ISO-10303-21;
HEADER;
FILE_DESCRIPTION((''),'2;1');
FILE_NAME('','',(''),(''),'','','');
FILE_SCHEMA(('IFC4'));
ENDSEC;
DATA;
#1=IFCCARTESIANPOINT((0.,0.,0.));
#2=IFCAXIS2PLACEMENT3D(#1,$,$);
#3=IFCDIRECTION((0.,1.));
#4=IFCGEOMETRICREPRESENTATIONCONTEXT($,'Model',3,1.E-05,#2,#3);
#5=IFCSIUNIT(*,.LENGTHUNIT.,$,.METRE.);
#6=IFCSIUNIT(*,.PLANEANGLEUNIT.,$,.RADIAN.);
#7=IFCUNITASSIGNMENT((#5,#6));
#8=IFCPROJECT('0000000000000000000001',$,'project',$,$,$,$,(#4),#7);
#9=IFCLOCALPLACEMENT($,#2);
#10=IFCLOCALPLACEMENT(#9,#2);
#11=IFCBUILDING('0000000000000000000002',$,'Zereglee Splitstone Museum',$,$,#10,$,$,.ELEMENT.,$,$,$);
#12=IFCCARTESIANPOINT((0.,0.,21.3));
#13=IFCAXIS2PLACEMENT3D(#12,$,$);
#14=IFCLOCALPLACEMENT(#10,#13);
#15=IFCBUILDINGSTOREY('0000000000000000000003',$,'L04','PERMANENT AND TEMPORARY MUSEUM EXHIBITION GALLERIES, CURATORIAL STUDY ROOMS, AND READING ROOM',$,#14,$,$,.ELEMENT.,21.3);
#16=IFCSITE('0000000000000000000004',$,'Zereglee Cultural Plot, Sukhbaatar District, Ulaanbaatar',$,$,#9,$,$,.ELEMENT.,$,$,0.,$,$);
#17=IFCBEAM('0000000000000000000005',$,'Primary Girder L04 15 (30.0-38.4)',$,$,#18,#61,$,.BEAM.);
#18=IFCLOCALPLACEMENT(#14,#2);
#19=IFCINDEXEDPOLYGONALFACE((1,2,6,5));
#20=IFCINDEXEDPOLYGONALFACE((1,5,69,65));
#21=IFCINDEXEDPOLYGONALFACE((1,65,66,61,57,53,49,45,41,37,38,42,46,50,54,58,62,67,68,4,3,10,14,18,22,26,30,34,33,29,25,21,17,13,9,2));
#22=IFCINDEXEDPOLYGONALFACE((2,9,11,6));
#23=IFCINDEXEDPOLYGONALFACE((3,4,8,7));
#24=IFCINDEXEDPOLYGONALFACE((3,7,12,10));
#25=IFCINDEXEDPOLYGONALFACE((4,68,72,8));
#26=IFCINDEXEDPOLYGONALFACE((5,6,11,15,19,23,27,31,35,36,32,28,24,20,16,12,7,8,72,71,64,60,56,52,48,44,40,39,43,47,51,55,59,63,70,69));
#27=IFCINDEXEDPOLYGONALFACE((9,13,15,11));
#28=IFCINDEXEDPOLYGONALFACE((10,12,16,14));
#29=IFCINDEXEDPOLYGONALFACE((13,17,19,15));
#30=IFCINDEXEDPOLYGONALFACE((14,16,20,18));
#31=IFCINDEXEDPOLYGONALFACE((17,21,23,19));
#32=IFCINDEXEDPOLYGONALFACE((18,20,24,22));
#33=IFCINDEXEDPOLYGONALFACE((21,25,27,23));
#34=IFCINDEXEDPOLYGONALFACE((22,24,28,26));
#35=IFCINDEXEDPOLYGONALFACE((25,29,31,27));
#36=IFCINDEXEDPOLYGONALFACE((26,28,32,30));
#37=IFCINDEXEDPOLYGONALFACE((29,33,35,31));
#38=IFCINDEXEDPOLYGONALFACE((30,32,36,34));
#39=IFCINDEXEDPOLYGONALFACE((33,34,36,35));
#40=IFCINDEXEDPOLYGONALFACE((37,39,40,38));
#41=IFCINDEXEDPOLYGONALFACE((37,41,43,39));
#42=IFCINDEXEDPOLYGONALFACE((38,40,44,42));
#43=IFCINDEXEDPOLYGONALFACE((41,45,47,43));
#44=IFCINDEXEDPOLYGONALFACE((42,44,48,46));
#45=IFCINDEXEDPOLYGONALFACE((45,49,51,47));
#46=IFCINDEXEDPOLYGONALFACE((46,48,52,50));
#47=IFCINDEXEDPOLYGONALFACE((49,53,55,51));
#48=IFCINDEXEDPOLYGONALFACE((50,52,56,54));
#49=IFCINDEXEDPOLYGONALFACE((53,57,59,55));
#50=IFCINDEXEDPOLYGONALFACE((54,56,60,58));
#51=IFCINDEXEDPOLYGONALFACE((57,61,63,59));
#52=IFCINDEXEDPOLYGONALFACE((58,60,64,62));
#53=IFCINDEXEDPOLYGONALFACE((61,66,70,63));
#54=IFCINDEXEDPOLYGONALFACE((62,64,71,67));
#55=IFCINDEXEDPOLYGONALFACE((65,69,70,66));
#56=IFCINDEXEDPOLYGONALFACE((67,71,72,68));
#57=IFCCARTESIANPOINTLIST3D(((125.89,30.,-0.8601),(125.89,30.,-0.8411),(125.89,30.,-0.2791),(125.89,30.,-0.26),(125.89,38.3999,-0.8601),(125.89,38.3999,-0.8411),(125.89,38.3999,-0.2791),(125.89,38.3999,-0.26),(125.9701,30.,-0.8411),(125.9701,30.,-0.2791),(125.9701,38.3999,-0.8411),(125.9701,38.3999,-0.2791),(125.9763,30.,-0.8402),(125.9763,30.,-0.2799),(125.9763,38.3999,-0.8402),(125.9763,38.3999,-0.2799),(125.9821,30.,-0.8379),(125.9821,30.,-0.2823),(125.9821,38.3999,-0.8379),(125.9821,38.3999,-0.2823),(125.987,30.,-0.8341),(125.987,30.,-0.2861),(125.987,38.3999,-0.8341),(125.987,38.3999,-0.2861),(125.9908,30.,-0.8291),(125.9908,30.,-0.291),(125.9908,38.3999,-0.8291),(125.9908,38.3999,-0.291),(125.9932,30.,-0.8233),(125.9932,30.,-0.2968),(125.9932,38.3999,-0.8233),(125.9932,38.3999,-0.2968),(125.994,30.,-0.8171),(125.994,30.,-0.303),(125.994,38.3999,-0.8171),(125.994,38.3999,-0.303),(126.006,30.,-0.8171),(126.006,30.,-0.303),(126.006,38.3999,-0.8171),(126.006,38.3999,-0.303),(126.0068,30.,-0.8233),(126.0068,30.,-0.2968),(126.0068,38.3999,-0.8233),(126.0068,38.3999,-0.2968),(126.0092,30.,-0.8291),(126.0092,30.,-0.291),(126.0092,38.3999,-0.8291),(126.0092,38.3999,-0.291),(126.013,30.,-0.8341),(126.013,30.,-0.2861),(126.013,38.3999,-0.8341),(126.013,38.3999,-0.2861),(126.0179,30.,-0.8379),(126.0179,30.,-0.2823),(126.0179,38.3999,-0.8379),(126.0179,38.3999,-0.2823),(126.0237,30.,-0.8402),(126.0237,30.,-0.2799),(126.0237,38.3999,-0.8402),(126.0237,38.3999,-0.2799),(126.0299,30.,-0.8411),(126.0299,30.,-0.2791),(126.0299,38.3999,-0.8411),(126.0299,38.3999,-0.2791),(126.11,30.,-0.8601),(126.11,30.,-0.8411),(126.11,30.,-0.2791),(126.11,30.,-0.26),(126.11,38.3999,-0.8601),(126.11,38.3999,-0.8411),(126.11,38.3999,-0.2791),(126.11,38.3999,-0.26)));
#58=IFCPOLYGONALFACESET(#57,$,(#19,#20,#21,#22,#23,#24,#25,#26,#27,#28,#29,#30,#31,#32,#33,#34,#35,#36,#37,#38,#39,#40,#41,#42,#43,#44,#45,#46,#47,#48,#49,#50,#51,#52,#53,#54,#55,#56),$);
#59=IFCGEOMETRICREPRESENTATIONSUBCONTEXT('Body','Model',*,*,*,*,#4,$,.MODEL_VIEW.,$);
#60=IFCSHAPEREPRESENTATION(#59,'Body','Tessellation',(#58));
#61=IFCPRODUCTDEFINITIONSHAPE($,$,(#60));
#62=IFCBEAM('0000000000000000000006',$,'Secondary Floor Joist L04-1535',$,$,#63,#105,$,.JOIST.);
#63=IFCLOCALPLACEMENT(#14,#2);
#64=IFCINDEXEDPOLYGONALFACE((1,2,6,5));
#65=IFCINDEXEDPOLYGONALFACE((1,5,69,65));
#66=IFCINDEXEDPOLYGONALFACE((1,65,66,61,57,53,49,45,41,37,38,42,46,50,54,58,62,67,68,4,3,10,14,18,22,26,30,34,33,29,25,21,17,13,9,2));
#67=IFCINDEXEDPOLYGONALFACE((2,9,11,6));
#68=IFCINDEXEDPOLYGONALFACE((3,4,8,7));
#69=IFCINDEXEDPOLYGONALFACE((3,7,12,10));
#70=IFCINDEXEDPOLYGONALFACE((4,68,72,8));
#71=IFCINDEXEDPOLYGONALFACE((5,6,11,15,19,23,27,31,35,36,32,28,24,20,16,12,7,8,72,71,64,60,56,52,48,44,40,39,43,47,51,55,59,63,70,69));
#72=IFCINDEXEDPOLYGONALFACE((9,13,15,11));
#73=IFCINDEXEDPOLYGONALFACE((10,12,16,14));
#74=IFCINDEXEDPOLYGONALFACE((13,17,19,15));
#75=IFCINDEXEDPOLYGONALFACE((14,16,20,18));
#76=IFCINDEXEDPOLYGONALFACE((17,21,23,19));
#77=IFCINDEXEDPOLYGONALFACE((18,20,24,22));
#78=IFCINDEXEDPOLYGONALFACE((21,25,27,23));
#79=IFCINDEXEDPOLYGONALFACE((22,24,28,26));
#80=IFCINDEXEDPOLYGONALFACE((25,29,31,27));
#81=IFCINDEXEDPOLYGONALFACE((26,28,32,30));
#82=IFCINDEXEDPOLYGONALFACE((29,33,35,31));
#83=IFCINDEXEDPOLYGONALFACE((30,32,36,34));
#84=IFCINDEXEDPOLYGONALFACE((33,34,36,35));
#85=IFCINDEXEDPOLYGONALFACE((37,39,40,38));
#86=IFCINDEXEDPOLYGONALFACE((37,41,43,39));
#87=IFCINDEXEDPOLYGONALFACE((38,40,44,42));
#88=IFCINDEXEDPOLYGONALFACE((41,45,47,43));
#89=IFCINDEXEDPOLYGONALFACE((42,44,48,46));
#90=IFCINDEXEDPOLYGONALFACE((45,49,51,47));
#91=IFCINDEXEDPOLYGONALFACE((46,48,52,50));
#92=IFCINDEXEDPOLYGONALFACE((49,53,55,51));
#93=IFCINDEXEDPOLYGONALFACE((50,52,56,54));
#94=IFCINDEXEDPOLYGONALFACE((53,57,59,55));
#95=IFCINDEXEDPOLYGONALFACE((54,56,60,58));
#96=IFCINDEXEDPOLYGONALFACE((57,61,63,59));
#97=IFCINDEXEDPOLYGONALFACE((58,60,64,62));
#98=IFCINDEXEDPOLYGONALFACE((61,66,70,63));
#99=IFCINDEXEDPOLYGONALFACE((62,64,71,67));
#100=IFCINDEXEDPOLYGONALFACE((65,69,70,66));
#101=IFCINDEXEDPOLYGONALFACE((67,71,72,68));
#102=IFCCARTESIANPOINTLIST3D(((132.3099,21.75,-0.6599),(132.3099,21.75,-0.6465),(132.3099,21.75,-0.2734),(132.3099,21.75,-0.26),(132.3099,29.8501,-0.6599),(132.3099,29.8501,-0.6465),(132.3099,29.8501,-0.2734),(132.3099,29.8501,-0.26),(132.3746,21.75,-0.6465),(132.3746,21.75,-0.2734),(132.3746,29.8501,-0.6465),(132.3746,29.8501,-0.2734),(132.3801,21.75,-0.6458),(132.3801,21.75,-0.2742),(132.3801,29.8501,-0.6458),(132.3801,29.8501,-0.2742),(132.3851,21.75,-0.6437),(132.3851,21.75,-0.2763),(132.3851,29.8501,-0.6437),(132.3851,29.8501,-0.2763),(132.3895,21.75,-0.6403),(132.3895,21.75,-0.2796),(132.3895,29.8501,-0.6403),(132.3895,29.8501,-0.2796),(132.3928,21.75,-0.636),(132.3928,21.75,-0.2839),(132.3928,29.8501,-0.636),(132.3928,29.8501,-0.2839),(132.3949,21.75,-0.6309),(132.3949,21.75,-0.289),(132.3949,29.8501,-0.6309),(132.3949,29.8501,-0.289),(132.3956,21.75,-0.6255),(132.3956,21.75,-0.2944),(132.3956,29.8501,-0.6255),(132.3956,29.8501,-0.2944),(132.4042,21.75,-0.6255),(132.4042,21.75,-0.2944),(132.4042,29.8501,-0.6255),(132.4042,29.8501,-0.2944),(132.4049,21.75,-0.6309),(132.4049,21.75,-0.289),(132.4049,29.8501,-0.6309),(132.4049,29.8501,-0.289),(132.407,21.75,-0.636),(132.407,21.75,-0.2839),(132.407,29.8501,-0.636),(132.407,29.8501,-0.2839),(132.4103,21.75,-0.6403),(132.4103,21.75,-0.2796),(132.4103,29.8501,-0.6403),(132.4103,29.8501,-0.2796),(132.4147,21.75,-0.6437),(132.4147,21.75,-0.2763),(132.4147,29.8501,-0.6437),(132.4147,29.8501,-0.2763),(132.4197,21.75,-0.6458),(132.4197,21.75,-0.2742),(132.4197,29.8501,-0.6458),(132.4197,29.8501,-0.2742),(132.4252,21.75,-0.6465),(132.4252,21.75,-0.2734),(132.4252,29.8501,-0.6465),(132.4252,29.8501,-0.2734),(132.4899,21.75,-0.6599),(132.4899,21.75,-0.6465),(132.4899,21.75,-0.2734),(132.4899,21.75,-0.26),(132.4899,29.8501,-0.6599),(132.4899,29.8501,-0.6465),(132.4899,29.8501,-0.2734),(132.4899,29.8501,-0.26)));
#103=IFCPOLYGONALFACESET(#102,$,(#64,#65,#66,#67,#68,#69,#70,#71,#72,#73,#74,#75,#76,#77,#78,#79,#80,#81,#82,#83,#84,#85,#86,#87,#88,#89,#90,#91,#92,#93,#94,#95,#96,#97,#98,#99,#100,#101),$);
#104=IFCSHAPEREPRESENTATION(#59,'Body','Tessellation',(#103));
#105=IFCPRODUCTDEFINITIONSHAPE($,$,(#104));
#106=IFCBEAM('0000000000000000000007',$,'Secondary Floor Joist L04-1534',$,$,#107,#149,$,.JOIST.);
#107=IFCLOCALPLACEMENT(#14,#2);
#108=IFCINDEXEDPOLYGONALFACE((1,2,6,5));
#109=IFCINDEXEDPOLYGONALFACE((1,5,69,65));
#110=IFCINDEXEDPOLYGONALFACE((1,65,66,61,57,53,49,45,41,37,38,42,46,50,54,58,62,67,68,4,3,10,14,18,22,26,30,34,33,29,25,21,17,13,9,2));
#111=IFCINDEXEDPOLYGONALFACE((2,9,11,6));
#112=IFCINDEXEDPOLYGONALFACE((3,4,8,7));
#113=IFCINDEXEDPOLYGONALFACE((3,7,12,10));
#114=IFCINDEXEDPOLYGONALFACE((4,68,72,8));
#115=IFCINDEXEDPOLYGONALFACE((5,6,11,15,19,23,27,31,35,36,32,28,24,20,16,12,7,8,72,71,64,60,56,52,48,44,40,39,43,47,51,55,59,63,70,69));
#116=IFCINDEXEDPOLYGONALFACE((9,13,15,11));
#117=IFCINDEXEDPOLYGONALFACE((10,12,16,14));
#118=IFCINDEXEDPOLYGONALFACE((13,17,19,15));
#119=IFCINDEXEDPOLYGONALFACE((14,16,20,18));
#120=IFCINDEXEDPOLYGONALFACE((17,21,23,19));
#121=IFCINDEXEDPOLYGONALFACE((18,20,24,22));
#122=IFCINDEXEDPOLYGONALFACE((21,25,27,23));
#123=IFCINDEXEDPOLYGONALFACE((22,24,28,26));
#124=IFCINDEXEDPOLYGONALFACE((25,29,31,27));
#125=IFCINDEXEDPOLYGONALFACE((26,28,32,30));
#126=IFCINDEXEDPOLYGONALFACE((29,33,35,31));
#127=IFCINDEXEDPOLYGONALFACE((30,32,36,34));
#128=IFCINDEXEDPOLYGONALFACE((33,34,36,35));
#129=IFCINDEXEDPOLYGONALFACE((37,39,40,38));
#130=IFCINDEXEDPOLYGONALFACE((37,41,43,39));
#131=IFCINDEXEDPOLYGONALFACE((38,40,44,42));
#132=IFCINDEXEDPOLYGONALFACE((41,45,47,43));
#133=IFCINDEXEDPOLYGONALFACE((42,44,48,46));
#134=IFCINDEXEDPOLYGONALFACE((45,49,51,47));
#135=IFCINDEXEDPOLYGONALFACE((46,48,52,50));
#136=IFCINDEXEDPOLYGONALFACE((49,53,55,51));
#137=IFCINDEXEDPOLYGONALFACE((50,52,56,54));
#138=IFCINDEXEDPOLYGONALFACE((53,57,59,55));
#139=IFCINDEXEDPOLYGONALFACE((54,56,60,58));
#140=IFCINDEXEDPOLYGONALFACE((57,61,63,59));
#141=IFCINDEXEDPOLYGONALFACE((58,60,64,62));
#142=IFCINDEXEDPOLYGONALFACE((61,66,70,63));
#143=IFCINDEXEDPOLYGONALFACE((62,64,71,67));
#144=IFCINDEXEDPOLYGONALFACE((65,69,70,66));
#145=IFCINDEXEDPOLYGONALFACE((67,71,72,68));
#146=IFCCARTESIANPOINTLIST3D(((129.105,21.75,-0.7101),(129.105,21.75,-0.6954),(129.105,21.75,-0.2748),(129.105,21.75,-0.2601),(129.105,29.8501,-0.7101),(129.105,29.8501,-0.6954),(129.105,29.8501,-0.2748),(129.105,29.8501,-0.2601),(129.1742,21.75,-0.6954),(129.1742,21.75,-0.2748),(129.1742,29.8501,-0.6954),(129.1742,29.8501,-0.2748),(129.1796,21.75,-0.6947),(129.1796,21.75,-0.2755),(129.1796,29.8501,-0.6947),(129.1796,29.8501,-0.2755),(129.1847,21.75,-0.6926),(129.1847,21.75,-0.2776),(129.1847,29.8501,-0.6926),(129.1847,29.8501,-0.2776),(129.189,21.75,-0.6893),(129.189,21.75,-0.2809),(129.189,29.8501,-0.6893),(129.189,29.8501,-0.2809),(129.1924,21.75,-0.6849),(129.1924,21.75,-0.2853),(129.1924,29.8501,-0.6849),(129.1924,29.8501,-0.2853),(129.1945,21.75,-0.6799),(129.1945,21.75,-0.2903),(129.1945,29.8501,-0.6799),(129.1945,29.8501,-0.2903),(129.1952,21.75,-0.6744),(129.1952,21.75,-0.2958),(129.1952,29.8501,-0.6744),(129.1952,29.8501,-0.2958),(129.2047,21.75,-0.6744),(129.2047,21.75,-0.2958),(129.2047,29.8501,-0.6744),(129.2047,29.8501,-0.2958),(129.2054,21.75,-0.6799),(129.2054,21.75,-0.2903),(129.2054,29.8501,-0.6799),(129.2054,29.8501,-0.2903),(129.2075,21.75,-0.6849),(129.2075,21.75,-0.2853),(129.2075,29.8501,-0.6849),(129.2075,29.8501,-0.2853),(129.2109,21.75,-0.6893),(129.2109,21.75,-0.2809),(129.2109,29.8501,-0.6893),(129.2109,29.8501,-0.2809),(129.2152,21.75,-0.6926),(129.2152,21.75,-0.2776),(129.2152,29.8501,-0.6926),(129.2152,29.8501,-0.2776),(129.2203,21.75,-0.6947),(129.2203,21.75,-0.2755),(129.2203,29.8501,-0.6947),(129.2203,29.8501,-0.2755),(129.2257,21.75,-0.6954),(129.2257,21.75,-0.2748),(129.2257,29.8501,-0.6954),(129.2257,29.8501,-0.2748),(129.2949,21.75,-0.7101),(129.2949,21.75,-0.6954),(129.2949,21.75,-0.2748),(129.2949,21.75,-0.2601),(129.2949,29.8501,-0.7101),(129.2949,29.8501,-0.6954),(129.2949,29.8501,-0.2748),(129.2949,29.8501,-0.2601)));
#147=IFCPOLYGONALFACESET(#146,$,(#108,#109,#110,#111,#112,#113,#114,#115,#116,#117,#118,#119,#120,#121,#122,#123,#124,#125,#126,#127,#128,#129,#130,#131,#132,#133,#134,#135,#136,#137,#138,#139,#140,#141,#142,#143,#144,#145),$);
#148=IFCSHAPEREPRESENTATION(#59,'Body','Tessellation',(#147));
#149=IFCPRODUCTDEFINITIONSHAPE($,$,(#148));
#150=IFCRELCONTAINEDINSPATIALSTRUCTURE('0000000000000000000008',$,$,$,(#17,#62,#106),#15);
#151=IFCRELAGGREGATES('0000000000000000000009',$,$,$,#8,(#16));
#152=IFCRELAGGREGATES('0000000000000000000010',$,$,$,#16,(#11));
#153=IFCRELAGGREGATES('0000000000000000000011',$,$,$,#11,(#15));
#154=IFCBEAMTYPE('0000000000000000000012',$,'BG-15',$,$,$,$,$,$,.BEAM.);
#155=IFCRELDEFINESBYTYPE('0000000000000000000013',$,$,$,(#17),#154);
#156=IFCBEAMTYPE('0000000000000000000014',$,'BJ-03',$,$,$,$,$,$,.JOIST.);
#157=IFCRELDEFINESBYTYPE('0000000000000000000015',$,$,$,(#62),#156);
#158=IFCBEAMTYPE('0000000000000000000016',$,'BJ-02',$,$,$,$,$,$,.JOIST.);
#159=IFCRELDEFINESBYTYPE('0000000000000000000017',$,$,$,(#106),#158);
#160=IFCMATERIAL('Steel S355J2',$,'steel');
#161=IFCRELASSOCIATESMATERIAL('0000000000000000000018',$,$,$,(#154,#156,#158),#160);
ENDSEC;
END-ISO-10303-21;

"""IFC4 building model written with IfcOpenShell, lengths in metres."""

from ifc_helpers import new_model, si_unit, direction, frame, origin, origin_2d, place, context, subcontext, project, spatial, i_section, extrude, material, material_profile, profile_set, type_object, element, save


model = new_model("IFC4")

# Units and contexts
model_context = context("Model", 3, precision=1e-05, world=origin(), true_north=direction((0.0, 1.0)))
body_context = subcontext(model_context, "Body", "Model", "MODEL_VIEW")
ifc_project = project(units=[si_unit("LENGTHUNIT", "METRE"), si_unit("PLANEANGLEUNIT", "RADIAN")], contexts=[model_context])

# Site, building, storey
site_placement = place(None, origin())
site = spatial("IfcSite", under=ifc_project, at=site_placement, Name="Zereglee Cultural Plot, Sukhbaatar District, Ulaanbaatar", CompositionType="ELEMENT", RefElevation=0.0)
building_placement = place(site_placement, origin())
building = spatial("IfcBuilding", under=site, at=building_placement, Name="Zereglee Splitstone Museum", CompositionType="ELEMENT")
storey_placement = place(building_placement, frame((0.0, 0.0, 21.3)))
storey = spatial("IfcBuildingStorey", under=building, at=storey_placement, Name="L04", Description="PERMANENT AND TEMPORARY MUSEUM EXHIBITION GALLERIES, CURATORIAL STUDY ROOMS, AND READING ROOM", CompositionType="ELEMENT", Elevation=21.3)

# Shared definitions
ifc_material_1 = material(Name="Steel S355J2", Category="steel")

# Beams
ifc_material_profile_1 = material_profile(ifc_material_1, i_section(OverallWidth=0.22, OverallDepth=0.6001, WebThickness=0.012, FlangeThickness=0.019, FilletRadius=0.0239, at=origin_2d()), Name="IPE 600")
ifc_profile_set_1 = profile_set([ifc_material_profile_1], Name="Steel S355J2")
beam_type_1 = type_object("IfcBeamType", Name="BG-15", PredefinedType="BEAM", material=ifc_profile_set_1)
beam_1_placement = place(storey_placement, frame((126.0, 30.0, -0.5601), z_axis=(0.0, 1.0, 0.0), x_axis=(-1.0, 0.0, 0.0)))
element("IfcBeam", 1, at=beam_1_placement, inside=storey, type_object=beam_type_1, Name="Primary Girder L04 15 (30.0-38.4)", PredefinedType="BEAM", context=body_context, shape_type="SweptSolid", body=[
    extrude(i_section(OverallWidth=0.22, OverallDepth=0.6001, WebThickness=0.012, FlangeThickness=0.019, FilletRadius=0.0239, at=origin_2d()), origin(), (0.0, 0.0, 1.0), 8.3999),
])
ifc_material_profile_2 = material_profile(ifc_material_1, i_section(OverallWidth=0.1799, OverallDepth=0.3999, WebThickness=0.0085, FlangeThickness=0.0134, FilletRadius=0.021, at=origin_2d()), Name="IPE 400")
ifc_profile_set_2 = profile_set([ifc_material_profile_2], Name="Steel S355J2")
beam_type_2 = type_object("IfcBeamType", Name="BJ-03", PredefinedType="JOIST", material=ifc_profile_set_2)
beam_2_placement = place(storey_placement, frame((132.3999, 21.75, -0.46), z_axis=(0.0, 1.0, 0.0), x_axis=(-1.0, 0.0, 0.0)))
element("IfcBeam", 2, at=beam_2_placement, inside=storey, type_object=beam_type_2, Name="Secondary Floor Joist L04-1535", PredefinedType="JOIST", context=body_context, shape_type="SweptSolid", body=[
    extrude(i_section(OverallWidth=0.1799, OverallDepth=0.3999, WebThickness=0.0085, FlangeThickness=0.0134, FilletRadius=0.021, at=origin_2d()), origin(), (0.0, 0.0, 1.0), 8.1001),
])
ifc_material_profile_3 = material_profile(ifc_material_1, i_section(OverallWidth=0.1899, OverallDepth=0.45, WebThickness=0.0095, FlangeThickness=0.0146, FilletRadius=0.021, at=origin_2d()), Name="IPE 450")
ifc_profile_set_3 = profile_set([ifc_material_profile_3], Name="Steel S355J2")
beam_type_3 = type_object("IfcBeamType", Name="BJ-02", PredefinedType="JOIST", material=ifc_profile_set_3)
beam_3_placement = place(storey_placement, frame((129.2, 21.75, -0.4851), z_axis=(0.0, 1.0, 0.0), x_axis=(-1.0, 0.0, 0.0)))
element("IfcBeam", 3, at=beam_3_placement, inside=storey, type_object=beam_type_3, Name="Secondary Floor Joist L04-1534", PredefinedType="JOIST", context=body_context, shape_type="SweptSolid", body=[
    extrude(i_section(OverallWidth=0.1899, OverallDepth=0.45, WebThickness=0.0095, FlangeThickness=0.0146, FilletRadius=0.021, at=origin_2d()), origin(), (0.0, 0.0, 1.0), 8.1001),
])

save(model, "model.ifc")
